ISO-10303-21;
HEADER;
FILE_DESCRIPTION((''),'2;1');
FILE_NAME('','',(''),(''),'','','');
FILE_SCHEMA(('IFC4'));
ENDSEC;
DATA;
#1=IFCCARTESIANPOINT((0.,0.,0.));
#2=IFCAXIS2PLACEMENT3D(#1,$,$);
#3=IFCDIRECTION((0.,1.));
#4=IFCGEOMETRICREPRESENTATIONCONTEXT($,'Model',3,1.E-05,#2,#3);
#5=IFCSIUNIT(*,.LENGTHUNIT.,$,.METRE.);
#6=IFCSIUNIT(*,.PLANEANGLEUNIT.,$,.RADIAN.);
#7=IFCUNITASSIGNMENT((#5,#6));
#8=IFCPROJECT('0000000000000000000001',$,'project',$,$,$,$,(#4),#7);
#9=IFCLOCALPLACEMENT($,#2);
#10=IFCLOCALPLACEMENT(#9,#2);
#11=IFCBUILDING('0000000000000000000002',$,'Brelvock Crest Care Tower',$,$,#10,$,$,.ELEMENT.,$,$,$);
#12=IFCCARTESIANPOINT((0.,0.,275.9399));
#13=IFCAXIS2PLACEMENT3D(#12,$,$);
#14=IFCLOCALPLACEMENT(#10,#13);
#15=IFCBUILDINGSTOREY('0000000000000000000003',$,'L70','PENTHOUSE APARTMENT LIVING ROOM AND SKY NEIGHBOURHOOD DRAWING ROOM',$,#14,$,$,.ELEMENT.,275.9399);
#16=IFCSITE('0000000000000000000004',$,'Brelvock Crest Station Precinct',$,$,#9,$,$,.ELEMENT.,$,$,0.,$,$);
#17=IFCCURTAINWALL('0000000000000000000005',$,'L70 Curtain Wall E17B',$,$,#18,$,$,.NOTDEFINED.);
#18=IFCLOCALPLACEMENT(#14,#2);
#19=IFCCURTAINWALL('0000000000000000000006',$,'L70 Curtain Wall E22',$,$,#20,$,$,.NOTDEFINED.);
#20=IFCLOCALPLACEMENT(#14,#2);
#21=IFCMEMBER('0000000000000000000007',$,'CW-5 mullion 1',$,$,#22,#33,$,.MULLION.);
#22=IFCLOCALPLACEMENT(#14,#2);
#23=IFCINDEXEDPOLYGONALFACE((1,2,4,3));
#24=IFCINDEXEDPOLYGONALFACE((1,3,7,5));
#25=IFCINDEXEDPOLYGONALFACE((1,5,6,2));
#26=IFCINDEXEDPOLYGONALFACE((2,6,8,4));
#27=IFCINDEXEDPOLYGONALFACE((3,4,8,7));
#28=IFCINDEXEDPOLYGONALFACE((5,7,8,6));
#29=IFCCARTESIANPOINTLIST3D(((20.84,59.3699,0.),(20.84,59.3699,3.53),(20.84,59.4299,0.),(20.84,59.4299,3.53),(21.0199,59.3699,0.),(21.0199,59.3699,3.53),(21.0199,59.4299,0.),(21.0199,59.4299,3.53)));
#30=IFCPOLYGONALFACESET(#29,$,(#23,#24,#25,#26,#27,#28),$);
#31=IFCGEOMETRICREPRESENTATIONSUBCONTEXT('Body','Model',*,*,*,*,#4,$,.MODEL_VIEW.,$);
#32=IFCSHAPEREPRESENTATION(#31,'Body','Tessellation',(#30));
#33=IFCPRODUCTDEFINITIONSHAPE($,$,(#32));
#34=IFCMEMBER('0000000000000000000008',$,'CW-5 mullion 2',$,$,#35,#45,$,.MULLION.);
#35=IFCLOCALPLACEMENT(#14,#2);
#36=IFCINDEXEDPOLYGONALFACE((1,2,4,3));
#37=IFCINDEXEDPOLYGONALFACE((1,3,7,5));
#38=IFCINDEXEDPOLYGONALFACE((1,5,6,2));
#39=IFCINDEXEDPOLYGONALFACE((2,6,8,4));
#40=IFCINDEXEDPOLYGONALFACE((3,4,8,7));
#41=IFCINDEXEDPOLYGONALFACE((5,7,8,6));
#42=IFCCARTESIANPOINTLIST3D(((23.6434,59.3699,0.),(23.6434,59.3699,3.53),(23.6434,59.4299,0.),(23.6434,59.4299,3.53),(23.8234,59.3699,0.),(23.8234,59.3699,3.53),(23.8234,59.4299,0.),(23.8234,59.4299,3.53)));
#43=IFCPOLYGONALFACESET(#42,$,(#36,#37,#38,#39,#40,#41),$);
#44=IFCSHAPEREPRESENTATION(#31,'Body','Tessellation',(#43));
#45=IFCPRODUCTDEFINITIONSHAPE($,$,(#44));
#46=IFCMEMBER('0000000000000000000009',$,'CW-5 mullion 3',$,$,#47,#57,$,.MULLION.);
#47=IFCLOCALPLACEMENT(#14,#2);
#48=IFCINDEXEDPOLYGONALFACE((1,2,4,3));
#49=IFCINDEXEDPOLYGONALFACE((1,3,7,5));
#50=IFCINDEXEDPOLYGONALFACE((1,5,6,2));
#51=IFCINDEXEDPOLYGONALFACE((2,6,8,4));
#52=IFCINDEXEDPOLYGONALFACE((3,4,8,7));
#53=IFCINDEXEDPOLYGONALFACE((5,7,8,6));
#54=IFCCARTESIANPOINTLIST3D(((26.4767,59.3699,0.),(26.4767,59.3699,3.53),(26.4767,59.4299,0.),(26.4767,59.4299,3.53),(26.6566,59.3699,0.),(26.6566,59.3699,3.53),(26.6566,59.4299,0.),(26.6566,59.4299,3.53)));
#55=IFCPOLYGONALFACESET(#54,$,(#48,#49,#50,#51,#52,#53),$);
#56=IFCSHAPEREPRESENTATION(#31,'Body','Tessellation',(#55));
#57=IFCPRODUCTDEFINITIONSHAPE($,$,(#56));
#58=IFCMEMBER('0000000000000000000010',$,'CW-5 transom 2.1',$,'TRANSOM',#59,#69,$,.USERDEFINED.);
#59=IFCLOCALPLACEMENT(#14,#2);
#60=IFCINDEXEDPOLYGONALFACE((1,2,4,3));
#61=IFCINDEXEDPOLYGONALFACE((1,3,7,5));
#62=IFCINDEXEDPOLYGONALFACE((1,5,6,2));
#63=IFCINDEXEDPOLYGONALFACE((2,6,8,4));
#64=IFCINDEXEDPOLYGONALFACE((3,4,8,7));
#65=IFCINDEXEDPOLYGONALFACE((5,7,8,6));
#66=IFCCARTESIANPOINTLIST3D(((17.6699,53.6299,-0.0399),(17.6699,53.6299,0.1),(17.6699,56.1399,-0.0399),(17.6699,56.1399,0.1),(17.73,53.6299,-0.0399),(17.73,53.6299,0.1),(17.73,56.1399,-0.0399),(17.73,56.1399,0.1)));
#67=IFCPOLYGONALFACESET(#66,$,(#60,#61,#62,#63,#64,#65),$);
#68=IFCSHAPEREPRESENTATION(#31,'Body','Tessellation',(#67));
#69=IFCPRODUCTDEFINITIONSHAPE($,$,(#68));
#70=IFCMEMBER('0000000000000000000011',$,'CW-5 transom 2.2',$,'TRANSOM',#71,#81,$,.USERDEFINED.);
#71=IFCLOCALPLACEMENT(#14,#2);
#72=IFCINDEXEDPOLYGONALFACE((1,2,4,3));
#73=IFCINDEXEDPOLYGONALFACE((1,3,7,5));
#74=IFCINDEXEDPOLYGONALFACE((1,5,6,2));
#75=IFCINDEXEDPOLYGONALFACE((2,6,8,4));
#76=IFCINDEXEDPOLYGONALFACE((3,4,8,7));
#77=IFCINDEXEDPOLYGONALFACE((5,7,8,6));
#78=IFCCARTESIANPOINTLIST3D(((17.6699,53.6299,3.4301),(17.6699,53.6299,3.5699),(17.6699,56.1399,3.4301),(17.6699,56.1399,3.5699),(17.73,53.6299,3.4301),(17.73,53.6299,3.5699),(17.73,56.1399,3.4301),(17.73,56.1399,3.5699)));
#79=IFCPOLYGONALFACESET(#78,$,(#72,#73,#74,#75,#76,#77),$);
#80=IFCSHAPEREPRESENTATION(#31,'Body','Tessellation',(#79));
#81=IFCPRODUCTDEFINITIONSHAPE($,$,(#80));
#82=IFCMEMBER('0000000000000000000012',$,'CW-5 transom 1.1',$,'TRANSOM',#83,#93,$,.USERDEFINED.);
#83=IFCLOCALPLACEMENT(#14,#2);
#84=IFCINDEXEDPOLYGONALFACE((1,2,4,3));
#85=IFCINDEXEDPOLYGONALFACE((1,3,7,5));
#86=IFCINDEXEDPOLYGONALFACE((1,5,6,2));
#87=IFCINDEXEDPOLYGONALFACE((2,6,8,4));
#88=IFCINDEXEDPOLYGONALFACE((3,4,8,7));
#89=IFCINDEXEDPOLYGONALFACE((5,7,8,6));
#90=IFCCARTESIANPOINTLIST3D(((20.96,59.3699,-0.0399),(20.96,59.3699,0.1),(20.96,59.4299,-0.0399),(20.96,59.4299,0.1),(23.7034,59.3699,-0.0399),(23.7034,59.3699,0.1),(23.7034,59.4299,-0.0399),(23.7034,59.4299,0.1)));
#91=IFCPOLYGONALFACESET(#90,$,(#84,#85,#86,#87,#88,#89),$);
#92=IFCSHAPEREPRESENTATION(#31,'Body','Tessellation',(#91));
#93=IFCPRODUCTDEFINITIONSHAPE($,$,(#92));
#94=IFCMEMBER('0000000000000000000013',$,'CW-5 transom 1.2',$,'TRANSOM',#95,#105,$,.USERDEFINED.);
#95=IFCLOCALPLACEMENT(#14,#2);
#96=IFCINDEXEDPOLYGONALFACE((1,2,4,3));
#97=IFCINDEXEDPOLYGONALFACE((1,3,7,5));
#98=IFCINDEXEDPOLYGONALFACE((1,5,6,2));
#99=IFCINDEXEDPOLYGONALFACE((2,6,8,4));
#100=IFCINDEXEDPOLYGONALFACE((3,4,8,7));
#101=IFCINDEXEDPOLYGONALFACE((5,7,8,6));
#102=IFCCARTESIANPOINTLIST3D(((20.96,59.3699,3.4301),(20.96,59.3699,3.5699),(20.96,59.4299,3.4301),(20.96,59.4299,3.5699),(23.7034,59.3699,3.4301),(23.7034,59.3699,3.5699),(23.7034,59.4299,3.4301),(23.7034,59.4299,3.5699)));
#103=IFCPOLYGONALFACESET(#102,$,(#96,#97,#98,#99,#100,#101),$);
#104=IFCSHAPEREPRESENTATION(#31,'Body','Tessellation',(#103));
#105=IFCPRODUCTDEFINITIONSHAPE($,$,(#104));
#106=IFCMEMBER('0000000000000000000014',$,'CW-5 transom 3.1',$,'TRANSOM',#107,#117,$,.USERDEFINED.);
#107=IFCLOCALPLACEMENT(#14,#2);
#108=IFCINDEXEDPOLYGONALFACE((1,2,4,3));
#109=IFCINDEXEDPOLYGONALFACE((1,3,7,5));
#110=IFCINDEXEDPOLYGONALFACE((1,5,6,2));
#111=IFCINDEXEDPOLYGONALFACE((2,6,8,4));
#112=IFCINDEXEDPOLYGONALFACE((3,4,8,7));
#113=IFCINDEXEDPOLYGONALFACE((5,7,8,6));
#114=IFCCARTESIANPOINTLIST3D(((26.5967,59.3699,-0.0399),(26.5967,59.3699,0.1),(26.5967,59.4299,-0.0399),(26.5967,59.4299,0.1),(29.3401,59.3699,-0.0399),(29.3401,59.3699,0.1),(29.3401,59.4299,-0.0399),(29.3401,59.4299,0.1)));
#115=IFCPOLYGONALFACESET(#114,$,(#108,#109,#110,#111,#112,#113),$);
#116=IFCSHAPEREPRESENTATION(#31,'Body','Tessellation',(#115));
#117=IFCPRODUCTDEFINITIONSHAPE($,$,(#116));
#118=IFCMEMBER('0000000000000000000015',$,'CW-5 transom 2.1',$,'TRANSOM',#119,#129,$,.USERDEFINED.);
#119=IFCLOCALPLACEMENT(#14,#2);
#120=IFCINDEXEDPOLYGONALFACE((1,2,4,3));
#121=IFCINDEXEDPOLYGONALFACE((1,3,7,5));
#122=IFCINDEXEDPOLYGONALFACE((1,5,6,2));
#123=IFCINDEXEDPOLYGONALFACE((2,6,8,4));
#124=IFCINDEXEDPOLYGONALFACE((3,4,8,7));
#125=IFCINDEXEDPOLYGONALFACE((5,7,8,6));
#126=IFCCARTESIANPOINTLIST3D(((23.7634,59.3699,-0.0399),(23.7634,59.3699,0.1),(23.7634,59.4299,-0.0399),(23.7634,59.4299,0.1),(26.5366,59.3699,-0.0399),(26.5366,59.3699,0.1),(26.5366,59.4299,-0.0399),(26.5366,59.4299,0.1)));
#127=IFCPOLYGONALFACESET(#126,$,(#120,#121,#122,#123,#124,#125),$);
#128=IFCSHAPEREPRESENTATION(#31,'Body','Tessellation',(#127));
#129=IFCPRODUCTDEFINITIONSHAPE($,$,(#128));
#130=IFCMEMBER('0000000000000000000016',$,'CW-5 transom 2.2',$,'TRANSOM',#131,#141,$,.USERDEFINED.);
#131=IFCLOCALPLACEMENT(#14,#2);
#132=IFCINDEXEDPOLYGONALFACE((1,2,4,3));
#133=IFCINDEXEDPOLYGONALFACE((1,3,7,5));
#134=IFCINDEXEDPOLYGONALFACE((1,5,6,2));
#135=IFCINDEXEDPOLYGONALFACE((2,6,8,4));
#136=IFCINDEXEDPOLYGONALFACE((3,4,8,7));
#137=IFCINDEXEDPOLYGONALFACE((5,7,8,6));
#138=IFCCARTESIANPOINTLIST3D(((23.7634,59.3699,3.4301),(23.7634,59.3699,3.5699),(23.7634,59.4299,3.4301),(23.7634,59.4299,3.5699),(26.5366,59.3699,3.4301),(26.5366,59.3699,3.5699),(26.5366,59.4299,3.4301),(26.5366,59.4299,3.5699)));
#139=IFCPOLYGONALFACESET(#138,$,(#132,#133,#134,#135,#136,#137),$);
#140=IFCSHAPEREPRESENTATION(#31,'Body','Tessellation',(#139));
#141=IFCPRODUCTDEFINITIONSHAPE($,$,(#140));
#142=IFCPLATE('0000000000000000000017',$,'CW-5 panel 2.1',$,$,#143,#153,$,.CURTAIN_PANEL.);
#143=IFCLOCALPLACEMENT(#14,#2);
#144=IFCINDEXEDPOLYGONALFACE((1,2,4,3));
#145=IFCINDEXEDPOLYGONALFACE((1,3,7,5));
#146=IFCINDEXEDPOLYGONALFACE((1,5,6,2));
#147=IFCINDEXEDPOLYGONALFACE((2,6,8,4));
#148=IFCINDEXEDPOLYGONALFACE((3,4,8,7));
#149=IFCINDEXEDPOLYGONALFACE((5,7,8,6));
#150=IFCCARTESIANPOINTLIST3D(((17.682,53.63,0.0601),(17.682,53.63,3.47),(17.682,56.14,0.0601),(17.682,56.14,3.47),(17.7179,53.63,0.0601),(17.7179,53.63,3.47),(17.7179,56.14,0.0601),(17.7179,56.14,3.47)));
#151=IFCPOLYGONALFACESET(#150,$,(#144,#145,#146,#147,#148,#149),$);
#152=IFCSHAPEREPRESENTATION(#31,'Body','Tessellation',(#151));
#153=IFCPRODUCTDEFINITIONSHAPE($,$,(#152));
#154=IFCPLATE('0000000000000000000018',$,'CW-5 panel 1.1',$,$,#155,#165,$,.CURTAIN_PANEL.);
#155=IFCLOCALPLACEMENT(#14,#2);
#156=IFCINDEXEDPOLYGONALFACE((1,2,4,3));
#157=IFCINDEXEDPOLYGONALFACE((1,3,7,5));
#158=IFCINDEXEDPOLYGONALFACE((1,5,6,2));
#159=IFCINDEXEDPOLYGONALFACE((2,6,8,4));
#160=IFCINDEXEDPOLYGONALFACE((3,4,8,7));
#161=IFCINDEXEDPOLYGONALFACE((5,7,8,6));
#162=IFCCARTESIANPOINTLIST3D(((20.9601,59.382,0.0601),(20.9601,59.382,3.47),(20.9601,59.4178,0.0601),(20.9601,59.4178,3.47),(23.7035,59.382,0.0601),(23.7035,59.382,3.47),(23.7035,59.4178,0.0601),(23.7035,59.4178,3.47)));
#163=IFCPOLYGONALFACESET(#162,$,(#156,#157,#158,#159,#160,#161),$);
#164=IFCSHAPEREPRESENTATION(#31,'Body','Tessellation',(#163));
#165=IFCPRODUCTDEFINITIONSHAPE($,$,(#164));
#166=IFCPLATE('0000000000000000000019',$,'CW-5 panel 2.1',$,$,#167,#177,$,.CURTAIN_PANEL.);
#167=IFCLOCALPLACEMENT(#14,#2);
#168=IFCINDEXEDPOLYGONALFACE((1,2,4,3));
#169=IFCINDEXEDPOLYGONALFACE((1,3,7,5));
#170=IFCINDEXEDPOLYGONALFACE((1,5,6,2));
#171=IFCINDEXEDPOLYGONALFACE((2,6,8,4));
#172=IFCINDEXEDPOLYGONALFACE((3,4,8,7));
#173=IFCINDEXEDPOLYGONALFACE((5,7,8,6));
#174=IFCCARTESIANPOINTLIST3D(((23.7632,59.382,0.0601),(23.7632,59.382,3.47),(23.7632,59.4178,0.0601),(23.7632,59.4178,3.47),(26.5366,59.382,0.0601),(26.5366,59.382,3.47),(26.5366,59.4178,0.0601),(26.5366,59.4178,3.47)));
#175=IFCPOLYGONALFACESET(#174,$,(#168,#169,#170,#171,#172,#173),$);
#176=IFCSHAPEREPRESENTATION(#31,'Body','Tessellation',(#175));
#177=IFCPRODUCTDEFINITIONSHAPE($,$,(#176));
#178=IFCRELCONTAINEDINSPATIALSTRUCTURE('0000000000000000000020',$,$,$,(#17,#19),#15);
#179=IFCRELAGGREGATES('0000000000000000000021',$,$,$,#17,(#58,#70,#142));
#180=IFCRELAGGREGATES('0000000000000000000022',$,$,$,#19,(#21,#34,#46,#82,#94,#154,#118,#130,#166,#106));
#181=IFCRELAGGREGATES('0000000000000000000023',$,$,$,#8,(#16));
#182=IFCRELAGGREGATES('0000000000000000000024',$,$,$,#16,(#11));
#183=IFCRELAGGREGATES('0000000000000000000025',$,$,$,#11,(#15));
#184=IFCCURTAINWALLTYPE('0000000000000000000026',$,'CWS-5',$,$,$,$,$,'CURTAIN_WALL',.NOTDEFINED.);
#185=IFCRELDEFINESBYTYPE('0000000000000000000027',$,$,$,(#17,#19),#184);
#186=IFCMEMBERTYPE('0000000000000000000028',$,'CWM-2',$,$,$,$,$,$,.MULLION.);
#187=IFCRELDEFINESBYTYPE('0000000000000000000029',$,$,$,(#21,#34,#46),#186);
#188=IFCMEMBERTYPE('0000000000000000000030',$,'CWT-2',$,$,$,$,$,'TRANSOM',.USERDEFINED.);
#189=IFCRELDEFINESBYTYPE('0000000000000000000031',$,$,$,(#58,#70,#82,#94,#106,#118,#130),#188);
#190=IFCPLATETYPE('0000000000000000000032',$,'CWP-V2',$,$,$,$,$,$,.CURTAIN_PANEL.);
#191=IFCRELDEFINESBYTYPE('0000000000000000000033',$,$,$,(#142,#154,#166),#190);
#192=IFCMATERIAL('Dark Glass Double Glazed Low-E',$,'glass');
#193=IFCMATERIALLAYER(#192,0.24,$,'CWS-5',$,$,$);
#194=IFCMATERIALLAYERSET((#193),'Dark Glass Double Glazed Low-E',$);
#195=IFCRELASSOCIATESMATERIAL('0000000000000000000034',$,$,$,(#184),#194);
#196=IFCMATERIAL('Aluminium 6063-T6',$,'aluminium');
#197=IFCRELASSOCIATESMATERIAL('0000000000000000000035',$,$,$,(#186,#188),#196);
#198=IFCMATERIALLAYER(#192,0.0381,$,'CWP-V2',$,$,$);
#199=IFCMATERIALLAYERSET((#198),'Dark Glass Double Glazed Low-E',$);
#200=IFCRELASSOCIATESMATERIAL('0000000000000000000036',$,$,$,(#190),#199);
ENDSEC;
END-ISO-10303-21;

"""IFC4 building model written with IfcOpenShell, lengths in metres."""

from ifc_helpers import new_model, si_unit, direction, frame, origin, origin_2d, place, context, subcontext, project, spatial, rectangle, extrude, source, transform, mapped, material, layer, layer_set, material_profile, profile_set, type_object, element, aggregate, save


model = new_model("IFC4")

# Units and contexts
model_context = context("Model", 3, precision=1e-05, world=origin(), true_north=direction((0.0, 1.0)))
body_context = subcontext(model_context, "Body", "Model", "MODEL_VIEW")
ifc_project = project(units=[si_unit("LENGTHUNIT", "METRE"), si_unit("PLANEANGLEUNIT", "RADIAN")], contexts=[model_context])

# Site, building, storey
site_placement = place(None, origin())
site = spatial("IfcSite", under=ifc_project, at=site_placement, Name="Brelvock Crest Station Precinct", CompositionType="ELEMENT", RefElevation=0.0)
building_placement = place(site_placement, origin())
building = spatial("IfcBuilding", under=site, at=building_placement, Name="Brelvock Crest Care Tower", CompositionType="ELEMENT")
storey_placement = place(building_placement, frame((0.0, 0.0, 275.9399)))
storey = spatial("IfcBuildingStorey", under=building, at=storey_placement, Name="L70", Description="PENTHOUSE APARTMENT LIVING ROOM AND SKY NEIGHBOURHOOD DRAWING ROOM", CompositionType="ELEMENT", Elevation=275.9399)

# Curtain walls, members
ifc_material_1 = material(Name="Dark Glass Double Glazed Low-E", Category="glass")
ifc_layer_1 = layer(ifc_material_1, 0.24, Name="CWS-5")
ifc_layer_set_1 = layer_set([ifc_layer_1], Name="Dark Glass Double Glazed Low-E")
curtain_wall_type = type_object("IfcCurtainWallType", Name="CWS-5", ElementType="CURTAIN_WALL", PredefinedType="NOTDEFINED", material=ifc_layer_set_1)
curtain_wall_1_placement = place(storey_placement, origin())
curtain_wall_1 = element("IfcCurtainWall", 1, at=curtain_wall_1_placement, inside=storey, type_object=curtain_wall_type, Name="L70 Curtain Wall E17B", PredefinedType="NOTDEFINED")
ifc_material_2 = material(Name="Aluminium 6063-T6", Category="aluminium")
ifc_material_profile_1 = material_profile(ifc_material_2, rectangle(XDim=0.0601, YDim=0.1799, at=origin_2d()), Name="ALU60x180")
ifc_profile_set_1 = profile_set([ifc_material_profile_1], Name="Aluminium 6063-T6")
member_type_1 = type_object("IfcMemberType", Name="CWM-2", PredefinedType="MULLION", material=ifc_profile_set_1)
shared_shape_1 = source(origin(), body_context, "Body", "SweptSolid", [
    extrude(rectangle(XDim=0.0601, YDim=0.1799, at=origin_2d()), origin(), (0.0, 0.0, 1.0), 3.53),
])
curtain_wall_2_placement = place(storey_placement, origin())
curtain_wall_2 = element("IfcCurtainWall", 2, at=curtain_wall_2_placement, inside=storey, type_object=curtain_wall_type, Name="L70 Curtain Wall E22", PredefinedType="NOTDEFINED")
member_1_placement = place(storey_placement, frame((20.9299, 59.3999, 0.0), z_axis=(0.0, 0.0, 1.0), x_axis=(0.0, 1.0, 0.0)))
member_1 = element("IfcMember", 3, at=member_1_placement, type_object=member_type_1, Name="CW-5 mullion 1", PredefinedType="MULLION", context=body_context, shape_type="MappedRepresentation", body=[
    mapped(shared_shape_1, transform((0.0, 0.0, 0.0), x_axis=(1.0, 0.0, 0.0), y_axis=(0.0, 1.0, 0.0), z_axis=(0.0, 0.0, 1.0), scale=1.0)),
])
member_2_placement = place(storey_placement, frame((23.7334, 59.3999, 0.0), z_axis=(0.0, 0.0, 1.0), x_axis=(0.0, 1.0, 0.0)))
member_2 = element("IfcMember", 4, at=member_2_placement, type_object=member_type_1, Name="CW-5 mullion 2", PredefinedType="MULLION", context=body_context, shape_type="MappedRepresentation", body=[
    mapped(shared_shape_1, transform((0.0, 0.0, 0.0), x_axis=(1.0, 0.0, 0.0), y_axis=(0.0, 1.0, 0.0), z_axis=(0.0, 0.0, 1.0), scale=1.0)),
])
member_3_placement = place(storey_placement, frame((26.5667, 59.3999, 0.0), z_axis=(0.0, 0.0, 1.0), x_axis=(0.0, 1.0, 0.0)))
member_3 = element("IfcMember", 5, at=member_3_placement, type_object=member_type_1, Name="CW-5 mullion 3", PredefinedType="MULLION", context=body_context, shape_type="MappedRepresentation", body=[
    mapped(shared_shape_1, transform((0.0, 0.0, 0.0), x_axis=(1.0, 0.0, 0.0), y_axis=(0.0, 1.0, 0.0), z_axis=(0.0, 0.0, 1.0), scale=1.0)),
])

# Members
ifc_material_profile_2 = material_profile(ifc_material_2, rectangle(XDim=0.0601, YDim=0.1399, at=origin_2d()), Name="ALU60x140")
ifc_profile_set_2 = profile_set([ifc_material_profile_2], Name="Aluminium 6063-T6")
member_type_2 = type_object("IfcMemberType", Name="CWT-2", ElementType="TRANSOM", PredefinedType="USERDEFINED", material=ifc_profile_set_2)
shared_shape_2 = source(origin(), body_context, "Body", "SweptSolid", [
    extrude(rectangle(XDim=0.0601, YDim=0.1399, at=origin_2d()), origin(), (0.0, 0.0, 1.0), 2.51),
])
member_4_placement = place(storey_placement, frame((17.7, 53.6299, 0.03), z_axis=(0.0, 1.0, 0.0), x_axis=(-1.0, 0.0, 0.0)))
member_4 = element("IfcMember", 6, at=member_4_placement, type_object=member_type_2, Name="CW-5 transom 2.1", ObjectType="TRANSOM", PredefinedType="USERDEFINED", context=body_context, shape_type="MappedRepresentation", body=[
    mapped(shared_shape_2, transform((0.0, 0.0, 0.0), x_axis=(1.0, 0.0, 0.0), y_axis=(0.0, 1.0, 0.0), z_axis=(0.0, 0.0, 1.0), scale=1.0)),
])
member_5_placement = place(storey_placement, frame((17.7, 53.6299, 3.5), z_axis=(0.0, 1.0, 0.0), x_axis=(-1.0, 0.0, 0.0)))
member_5 = element("IfcMember", 7, at=member_5_placement, type_object=member_type_2, Name="CW-5 transom 2.2", ObjectType="TRANSOM", PredefinedType="USERDEFINED", context=body_context, shape_type="MappedRepresentation", body=[
    mapped(shared_shape_2, transform((0.0, 0.0, 0.0), x_axis=(1.0, 0.0, 0.0), y_axis=(0.0, 1.0, 0.0), z_axis=(0.0, 0.0, 1.0), scale=1.0)),
])
shared_shape_3 = source(origin(), body_context, "Body", "SweptSolid", [
    extrude(rectangle(XDim=0.0601, YDim=0.1399, at=origin_2d()), origin(), (0.0, 0.0, 1.0), 2.7434),
])
member_6_placement = place(storey_placement, frame((20.96, 59.3999, 0.03), z_axis=(1.0, 0.0, 0.0), x_axis=(0.0, 1.0, 0.0)))
member_6 = element("IfcMember", 8, at=member_6_placement, type_object=member_type_2, Name="CW-5 transom 1.1", ObjectType="TRANSOM", PredefinedType="USERDEFINED", context=body_context, shape_type="MappedRepresentation", body=[
    mapped(shared_shape_3, transform((0.0, 0.0, 0.0), x_axis=(1.0, 0.0, 0.0), y_axis=(0.0, 1.0, 0.0), z_axis=(0.0, 0.0, 1.0), scale=1.0)),
])
member_7_placement = place(storey_placement, frame((20.96, 59.3999, 3.5), z_axis=(1.0, 0.0, 0.0), x_axis=(0.0, 1.0, 0.0)))
member_7 = element("IfcMember", 9, at=member_7_placement, type_object=member_type_2, Name="CW-5 transom 1.2", ObjectType="TRANSOM", PredefinedType="USERDEFINED", context=body_context, shape_type="MappedRepresentation", body=[
    mapped(shared_shape_3, transform((0.0, 0.0, 0.0), x_axis=(1.0, 0.0, 0.0), y_axis=(0.0, 1.0, 0.0), z_axis=(0.0, 0.0, 1.0), scale=1.0)),
])
member_8_placement = place(storey_placement, frame((26.5967, 59.3999, 0.03), z_axis=(1.0, 0.0, 0.0), x_axis=(0.0, 1.0, 0.0)))
member_8 = element("IfcMember", 10, at=member_8_placement, type_object=member_type_2, Name="CW-5 transom 3.1", ObjectType="TRANSOM", PredefinedType="USERDEFINED", context=body_context, shape_type="MappedRepresentation", body=[
    mapped(shared_shape_3, transform((0.0, 0.0, 0.0), x_axis=(1.0, 0.0, 0.0), y_axis=(0.0, 1.0, 0.0), z_axis=(0.0, 0.0, 1.0), scale=1.0)),
])
shared_shape_4 = source(origin(), body_context, "Body", "SweptSolid", [
    extrude(rectangle(XDim=0.0601, YDim=0.1399, at=origin_2d()), origin(), (0.0, 0.0, 1.0), 2.7732),
])
member_9_placement = place(storey_placement, frame((23.7634, 59.3999, 0.03), z_axis=(1.0, 0.0, 0.0), x_axis=(0.0, 1.0, 0.0)))
member_9 = element("IfcMember", 11, at=member_9_placement, type_object=member_type_2, Name="CW-5 transom 2.1", ObjectType="TRANSOM", PredefinedType="USERDEFINED", context=body_context, shape_type="MappedRepresentation", body=[
    mapped(shared_shape_4, transform((0.0, 0.0, 0.0), x_axis=(1.0, 0.0, 0.0), y_axis=(0.0, 1.0, 0.0), z_axis=(0.0, 0.0, 1.0), scale=1.0)),
])
member_10_placement = place(storey_placement, frame((23.7634, 59.3999, 3.5), z_axis=(1.0, 0.0, 0.0), x_axis=(0.0, 1.0, 0.0)))
member_10 = element("IfcMember", 12, at=member_10_placement, type_object=member_type_2, Name="CW-5 transom 2.2", ObjectType="TRANSOM", PredefinedType="USERDEFINED", context=body_context, shape_type="MappedRepresentation", body=[
    mapped(shared_shape_4, transform((0.0, 0.0, 0.0), x_axis=(1.0, 0.0, 0.0), y_axis=(0.0, 1.0, 0.0), z_axis=(0.0, 0.0, 1.0), scale=1.0)),
])

# Plates
ifc_layer_2 = layer(ifc_material_1, 0.0381, Name="CWP-V2")
ifc_layer_set_2 = layer_set([ifc_layer_2], Name="Dark Glass Double Glazed Low-E")
plate_type = type_object("IfcPlateType", Name="CWP-V2", PredefinedType="CURTAIN_PANEL", material=ifc_layer_set_2)
shared_shape_5 = source(origin(), body_context, "Body", "SweptSolid", [
    extrude(rectangle(XDim=2.51, YDim=0.0359, at=origin_2d()), origin(), (0.0, 0.0, 1.0), 3.4099),
])
plate_1_placement = place(storey_placement, frame((17.7, 54.885, 0.0601), z_axis=(0.0, 0.0, 1.0), x_axis=(0.0, 1.0, 0.0)))
plate_1 = element("IfcPlate", 13, at=plate_1_placement, type_object=plate_type, Name="CW-5 panel 2.1", PredefinedType="CURTAIN_PANEL", context=body_context, shape_type="MappedRepresentation", body=[
    mapped(shared_shape_5, transform((0.0, 0.0, 0.0), x_axis=(1.0, 0.0, 0.0), y_axis=(0.0, 1.0, 0.0), z_axis=(0.0, 0.0, 1.0), scale=1.0)),
])
aggregate(curtain_wall_1, [member_4, member_5, plate_1])
shared_shape_6 = source(origin(), body_context, "Body", "SweptSolid", [
    extrude(rectangle(XDim=2.7434, YDim=0.0359, at=origin_2d()), origin(), (0.0, 0.0, 1.0), 3.4099),
])
plate_2_placement = place(storey_placement, frame((22.3318, 59.3999, 0.0601), z_axis=(0.0, 0.0, 1.0), x_axis=(1.0, 0.0, 0.0)))
plate_2 = element("IfcPlate", 14, at=plate_2_placement, type_object=plate_type, Name="CW-5 panel 1.1", PredefinedType="CURTAIN_PANEL", context=body_context, shape_type="MappedRepresentation", body=[
    mapped(shared_shape_6, transform((0.0, 0.0, 0.0), x_axis=(1.0, 0.0, 0.0), y_axis=(0.0, 1.0, 0.0), z_axis=(0.0, 0.0, 1.0), scale=1.0)),
])
shared_shape_7 = source(origin(), body_context, "Body", "SweptSolid", [
    extrude(rectangle(XDim=2.7734, YDim=0.0359, at=origin_2d()), origin(), (0.0, 0.0, 1.0), 3.4099),
])
plate_3_placement = place(storey_placement, frame((25.1499, 59.3999, 0.0601), z_axis=(0.0, 0.0, 1.0), x_axis=(1.0, 0.0, 0.0)))
plate_3 = element("IfcPlate", 15, at=plate_3_placement, type_object=plate_type, Name="CW-5 panel 2.1", PredefinedType="CURTAIN_PANEL", context=body_context, shape_type="MappedRepresentation", body=[
    mapped(shared_shape_7, transform((0.0, 0.0, 0.0), x_axis=(1.0, 0.0, 0.0), y_axis=(0.0, 1.0, 0.0), z_axis=(0.0, 0.0, 1.0), scale=1.0)),
])
aggregate(curtain_wall_2, [member_1, member_2, member_3, member_6, member_7, plate_2, member_9, member_10, plate_3, member_8])

save(model, "model.ifc")
